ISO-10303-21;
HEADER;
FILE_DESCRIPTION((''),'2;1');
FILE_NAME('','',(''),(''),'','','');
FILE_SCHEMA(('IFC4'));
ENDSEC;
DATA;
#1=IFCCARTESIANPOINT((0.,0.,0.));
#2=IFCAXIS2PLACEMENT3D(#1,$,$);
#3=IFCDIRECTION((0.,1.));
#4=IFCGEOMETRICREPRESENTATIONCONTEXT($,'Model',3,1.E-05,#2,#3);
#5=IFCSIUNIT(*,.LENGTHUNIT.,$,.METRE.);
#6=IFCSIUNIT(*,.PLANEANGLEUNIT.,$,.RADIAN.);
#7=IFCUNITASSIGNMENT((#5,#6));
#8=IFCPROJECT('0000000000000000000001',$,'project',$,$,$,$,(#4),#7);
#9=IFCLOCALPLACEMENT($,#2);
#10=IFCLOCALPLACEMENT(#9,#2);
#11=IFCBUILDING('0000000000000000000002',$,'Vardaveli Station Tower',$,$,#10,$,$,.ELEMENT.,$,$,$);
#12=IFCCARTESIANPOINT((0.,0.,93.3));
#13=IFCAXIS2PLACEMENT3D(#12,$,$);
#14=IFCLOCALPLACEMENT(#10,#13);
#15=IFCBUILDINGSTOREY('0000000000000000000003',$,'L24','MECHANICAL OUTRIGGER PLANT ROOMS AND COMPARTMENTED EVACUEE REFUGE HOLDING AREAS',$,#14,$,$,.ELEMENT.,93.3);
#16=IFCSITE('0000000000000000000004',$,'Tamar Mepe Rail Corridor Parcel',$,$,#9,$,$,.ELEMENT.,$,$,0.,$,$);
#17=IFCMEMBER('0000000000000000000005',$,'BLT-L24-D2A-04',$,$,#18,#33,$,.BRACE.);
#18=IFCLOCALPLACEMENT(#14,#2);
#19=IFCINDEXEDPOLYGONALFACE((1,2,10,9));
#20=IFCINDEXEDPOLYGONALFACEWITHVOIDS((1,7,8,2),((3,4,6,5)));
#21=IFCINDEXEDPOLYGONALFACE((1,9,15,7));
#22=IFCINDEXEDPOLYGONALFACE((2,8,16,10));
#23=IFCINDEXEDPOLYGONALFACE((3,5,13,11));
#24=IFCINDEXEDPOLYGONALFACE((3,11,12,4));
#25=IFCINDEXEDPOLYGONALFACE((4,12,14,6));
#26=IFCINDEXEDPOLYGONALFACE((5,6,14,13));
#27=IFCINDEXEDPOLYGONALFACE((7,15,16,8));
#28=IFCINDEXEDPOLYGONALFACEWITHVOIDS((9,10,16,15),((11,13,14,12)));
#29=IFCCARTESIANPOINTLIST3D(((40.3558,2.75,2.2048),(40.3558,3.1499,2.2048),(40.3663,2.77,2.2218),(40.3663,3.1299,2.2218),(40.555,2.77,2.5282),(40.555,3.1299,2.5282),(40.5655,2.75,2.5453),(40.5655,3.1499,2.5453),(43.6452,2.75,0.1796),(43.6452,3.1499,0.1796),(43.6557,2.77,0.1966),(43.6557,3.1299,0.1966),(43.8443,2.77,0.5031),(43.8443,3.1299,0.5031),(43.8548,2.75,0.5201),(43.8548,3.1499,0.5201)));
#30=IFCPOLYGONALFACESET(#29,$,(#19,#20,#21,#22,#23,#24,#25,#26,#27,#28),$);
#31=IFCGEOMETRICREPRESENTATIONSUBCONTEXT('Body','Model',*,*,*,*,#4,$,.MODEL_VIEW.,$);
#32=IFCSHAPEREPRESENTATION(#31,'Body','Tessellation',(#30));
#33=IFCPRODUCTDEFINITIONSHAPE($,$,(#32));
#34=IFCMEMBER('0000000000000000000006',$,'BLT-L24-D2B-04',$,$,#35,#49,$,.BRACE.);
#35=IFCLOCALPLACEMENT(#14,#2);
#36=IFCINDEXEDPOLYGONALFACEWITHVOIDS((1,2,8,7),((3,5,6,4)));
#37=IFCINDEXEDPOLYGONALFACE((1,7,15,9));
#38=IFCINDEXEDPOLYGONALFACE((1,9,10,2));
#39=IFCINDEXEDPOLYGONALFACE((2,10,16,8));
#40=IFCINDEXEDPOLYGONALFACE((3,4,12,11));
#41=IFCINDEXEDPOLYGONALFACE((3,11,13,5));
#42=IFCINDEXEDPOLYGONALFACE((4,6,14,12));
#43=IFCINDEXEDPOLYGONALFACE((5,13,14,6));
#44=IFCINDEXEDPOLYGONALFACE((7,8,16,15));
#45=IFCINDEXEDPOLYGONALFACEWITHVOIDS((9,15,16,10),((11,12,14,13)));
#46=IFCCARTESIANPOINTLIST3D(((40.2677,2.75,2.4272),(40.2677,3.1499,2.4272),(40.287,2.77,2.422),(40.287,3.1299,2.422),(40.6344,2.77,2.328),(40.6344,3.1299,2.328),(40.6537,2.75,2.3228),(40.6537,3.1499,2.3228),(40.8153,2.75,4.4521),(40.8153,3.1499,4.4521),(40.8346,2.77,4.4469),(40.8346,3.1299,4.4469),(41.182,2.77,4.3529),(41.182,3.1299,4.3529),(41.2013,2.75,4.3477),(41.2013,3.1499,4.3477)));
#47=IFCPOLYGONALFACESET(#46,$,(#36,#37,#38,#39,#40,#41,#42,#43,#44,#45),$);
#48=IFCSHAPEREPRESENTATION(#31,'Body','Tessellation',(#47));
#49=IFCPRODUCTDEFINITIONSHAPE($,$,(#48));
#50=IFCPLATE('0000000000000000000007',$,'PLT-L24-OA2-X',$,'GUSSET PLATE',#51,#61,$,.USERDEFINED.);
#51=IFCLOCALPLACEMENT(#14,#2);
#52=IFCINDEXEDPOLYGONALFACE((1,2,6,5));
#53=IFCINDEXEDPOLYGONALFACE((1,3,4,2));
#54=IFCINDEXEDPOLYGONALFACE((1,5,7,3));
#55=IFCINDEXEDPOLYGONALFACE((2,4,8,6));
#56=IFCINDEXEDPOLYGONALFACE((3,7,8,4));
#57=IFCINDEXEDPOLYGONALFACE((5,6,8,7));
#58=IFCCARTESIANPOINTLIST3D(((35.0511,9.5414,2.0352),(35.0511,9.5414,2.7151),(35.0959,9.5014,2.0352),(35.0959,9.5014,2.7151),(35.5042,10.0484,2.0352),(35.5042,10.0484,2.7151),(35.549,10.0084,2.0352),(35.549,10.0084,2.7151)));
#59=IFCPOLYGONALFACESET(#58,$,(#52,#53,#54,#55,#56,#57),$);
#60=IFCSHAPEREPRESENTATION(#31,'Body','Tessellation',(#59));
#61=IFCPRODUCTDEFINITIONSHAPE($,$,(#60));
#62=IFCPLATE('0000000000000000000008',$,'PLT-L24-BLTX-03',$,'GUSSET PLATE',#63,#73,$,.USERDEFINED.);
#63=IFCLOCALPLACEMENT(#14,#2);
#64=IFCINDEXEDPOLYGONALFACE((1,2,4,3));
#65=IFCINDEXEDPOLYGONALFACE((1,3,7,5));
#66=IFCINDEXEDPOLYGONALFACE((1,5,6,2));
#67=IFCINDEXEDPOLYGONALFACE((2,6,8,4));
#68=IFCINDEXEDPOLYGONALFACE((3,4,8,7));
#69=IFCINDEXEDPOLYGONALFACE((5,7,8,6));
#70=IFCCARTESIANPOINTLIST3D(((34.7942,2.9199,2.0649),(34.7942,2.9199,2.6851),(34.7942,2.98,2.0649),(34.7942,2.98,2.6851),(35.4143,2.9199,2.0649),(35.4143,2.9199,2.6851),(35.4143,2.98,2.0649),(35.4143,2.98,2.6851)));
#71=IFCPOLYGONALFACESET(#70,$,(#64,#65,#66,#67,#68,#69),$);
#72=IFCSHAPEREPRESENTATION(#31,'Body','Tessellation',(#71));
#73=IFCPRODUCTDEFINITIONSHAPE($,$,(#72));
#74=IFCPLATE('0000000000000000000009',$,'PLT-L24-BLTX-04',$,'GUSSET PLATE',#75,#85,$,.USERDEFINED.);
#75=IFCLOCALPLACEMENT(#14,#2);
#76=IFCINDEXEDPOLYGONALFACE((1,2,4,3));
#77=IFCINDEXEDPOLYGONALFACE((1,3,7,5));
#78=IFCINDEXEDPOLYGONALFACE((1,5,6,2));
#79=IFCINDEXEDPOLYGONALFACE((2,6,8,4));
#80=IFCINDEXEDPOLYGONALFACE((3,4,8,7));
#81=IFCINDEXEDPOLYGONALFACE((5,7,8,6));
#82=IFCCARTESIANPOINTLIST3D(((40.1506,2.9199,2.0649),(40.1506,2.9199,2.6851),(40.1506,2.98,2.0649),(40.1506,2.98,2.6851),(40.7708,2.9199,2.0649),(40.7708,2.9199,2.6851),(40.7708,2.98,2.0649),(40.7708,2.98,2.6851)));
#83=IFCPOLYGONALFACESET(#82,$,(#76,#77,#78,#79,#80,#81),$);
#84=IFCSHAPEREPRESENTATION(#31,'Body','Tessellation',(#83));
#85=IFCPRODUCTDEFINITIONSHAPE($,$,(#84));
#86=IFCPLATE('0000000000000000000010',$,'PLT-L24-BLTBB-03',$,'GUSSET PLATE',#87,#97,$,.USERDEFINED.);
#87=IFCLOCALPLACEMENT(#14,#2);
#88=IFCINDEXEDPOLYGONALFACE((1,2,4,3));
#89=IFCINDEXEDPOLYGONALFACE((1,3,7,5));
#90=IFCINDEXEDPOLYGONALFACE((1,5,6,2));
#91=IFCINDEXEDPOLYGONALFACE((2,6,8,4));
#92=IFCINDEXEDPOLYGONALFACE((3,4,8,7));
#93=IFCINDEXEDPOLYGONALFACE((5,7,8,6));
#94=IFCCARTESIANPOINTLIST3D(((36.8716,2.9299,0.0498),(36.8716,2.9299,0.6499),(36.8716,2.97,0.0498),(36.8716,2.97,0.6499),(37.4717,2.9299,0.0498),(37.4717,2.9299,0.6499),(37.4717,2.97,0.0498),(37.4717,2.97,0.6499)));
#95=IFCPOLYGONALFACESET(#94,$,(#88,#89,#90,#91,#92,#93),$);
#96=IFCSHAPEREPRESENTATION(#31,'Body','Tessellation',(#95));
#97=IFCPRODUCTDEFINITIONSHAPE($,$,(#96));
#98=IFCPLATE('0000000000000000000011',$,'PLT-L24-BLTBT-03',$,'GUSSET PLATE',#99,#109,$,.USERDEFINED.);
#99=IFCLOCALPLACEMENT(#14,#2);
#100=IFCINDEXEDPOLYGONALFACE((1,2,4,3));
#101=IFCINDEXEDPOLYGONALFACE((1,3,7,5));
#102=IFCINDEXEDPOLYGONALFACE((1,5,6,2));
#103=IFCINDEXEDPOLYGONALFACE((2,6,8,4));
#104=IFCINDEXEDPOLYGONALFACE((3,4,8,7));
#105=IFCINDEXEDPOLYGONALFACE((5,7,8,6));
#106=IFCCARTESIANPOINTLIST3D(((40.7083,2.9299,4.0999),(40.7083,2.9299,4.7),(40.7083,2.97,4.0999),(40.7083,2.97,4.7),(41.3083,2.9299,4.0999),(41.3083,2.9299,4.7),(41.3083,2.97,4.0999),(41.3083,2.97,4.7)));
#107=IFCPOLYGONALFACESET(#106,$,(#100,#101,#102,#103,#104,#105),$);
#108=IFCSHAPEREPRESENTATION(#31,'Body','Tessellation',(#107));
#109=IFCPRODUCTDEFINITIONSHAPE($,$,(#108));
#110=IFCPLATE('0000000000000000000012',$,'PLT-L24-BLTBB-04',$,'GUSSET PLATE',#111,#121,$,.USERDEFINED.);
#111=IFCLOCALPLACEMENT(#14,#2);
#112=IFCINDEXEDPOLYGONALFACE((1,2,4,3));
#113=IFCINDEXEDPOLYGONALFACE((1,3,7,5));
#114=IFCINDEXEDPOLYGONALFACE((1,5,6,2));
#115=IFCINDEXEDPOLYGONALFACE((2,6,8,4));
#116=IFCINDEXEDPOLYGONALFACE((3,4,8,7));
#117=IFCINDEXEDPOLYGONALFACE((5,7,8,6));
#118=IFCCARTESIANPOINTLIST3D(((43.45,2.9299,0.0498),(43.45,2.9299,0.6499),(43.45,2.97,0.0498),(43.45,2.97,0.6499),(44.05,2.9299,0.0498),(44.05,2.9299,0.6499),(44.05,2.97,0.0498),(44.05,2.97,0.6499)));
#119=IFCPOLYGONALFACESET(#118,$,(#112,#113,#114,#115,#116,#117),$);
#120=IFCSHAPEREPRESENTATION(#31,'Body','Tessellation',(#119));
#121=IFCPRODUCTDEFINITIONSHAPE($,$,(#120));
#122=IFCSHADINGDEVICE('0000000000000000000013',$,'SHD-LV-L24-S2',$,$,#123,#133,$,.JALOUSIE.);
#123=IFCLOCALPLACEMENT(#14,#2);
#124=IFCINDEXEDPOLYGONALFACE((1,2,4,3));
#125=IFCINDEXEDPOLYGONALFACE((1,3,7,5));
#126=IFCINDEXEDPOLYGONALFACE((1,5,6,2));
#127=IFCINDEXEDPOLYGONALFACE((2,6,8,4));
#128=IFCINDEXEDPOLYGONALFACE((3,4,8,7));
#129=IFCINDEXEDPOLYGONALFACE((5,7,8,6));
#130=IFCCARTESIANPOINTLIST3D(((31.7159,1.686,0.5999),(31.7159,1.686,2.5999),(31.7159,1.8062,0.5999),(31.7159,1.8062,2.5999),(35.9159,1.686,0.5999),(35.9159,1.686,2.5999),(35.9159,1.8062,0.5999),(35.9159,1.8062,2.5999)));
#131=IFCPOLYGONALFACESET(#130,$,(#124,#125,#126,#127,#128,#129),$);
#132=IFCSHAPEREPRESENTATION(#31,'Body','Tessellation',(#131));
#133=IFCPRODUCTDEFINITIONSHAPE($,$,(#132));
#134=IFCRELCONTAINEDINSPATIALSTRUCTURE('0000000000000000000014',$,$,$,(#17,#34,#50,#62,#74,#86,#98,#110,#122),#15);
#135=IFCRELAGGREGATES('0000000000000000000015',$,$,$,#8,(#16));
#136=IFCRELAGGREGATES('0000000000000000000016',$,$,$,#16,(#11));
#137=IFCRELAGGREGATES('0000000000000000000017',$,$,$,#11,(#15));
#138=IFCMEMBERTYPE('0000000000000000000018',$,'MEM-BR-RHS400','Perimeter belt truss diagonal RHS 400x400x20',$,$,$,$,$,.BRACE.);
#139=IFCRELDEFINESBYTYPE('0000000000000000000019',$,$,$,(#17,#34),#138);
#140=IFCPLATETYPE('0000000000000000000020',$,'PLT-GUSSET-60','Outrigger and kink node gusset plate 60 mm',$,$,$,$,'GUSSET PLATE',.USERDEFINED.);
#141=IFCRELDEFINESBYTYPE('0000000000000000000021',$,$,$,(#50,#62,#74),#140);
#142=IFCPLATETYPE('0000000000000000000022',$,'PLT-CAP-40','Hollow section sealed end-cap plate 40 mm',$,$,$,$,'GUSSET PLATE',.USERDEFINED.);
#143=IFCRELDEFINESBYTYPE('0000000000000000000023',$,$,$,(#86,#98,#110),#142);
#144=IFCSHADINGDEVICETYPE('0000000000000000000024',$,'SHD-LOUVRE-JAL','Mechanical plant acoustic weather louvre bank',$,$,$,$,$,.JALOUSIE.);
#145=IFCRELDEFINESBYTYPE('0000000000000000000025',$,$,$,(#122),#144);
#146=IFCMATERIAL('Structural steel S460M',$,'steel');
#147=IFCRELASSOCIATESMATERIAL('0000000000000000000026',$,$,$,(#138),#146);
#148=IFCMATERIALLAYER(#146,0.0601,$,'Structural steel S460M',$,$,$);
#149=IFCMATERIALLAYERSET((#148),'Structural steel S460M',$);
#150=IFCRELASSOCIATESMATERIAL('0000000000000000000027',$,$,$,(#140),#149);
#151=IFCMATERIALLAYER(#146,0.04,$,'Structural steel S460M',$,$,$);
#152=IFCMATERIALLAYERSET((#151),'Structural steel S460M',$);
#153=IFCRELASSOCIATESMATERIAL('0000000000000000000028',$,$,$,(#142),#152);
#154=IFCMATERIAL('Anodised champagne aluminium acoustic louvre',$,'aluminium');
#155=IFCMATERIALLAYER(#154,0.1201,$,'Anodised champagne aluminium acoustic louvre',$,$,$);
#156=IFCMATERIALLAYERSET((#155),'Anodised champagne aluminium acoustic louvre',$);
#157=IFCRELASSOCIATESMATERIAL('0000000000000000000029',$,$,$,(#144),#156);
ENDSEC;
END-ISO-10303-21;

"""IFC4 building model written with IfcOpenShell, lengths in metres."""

from ifc_helpers import new_model, si_unit, direction, frame, origin, origin_2d, place, context, subcontext, project, spatial, rectangle, hollow_rectangle, extrude, source, transform, mapped, material, layer, layer_set, material_profile, profile_set, type_object, element, save


model = new_model("IFC4")

# Units and contexts
model_context = context("Model", 3, precision=1e-05, world=origin(), true_north=direction((0.0, 1.0)))
body_context = subcontext(model_context, "Body", "Model", "MODEL_VIEW")
ifc_project = project(units=[si_unit("LENGTHUNIT", "METRE"), si_unit("PLANEANGLEUNIT", "RADIAN")], contexts=[model_context])

# Site, building, storey
site_placement = place(None, origin())
site = spatial("IfcSite", under=ifc_project, at=site_placement, Name="Tamar Mepe Rail Corridor Parcel", CompositionType="ELEMENT", RefElevation=0.0)
building_placement = place(site_placement, origin())
building = spatial("IfcBuilding", under=site, at=building_placement, Name="Vardaveli Station Tower", CompositionType="ELEMENT")
storey_placement = place(building_placement, frame((0.0, 0.0, 93.3)))
storey = spatial("IfcBuildingStorey", under=building, at=storey_placement, Name="L24", Description="MECHANICAL OUTRIGGER PLANT ROOMS AND COMPARTMENTED EVACUEE REFUGE HOLDING AREAS", CompositionType="ELEMENT", Elevation=93.3)

# Shared definitions
ifc_material_1 = material(Name="Structural steel S460M", Category="steel")

# Members
ifc_material_profile_1 = material_profile(ifc_material_1, hollow_rectangle(XDim=0.3999, YDim=0.3999, WallThickness=0.02, at=origin_2d()), Name="RHS 400x400x20")
ifc_profile_set_1 = profile_set([ifc_material_profile_1], Name="Structural steel S460M")
member_type_1 = type_object("IfcMemberType", Name="MEM-BR-RHS400", Description="Perimeter belt truss diagonal RHS 400x400x20", PredefinedType="BRACE", material=ifc_profile_set_1)
shared_shape_1 = source(origin(), body_context, "Body", "SweptSolid", [
    extrude(hollow_rectangle(XDim=0.3999, YDim=0.3999, WallThickness=0.02, at=origin_2d()), origin(), (0.0, 0.0, 1.0), 3.8628),
])
member_1_placement = place(storey_placement, frame((43.75, 2.95, 0.3499), z_axis=(-0.851548, 0.0, 0.524277), x_axis=(0.0, -1.0, 0.0)))
element("IfcMember", 1, at=member_1_placement, inside=storey, type_object=member_type_1, Name="BLT-L24-D2A-04", PredefinedType="BRACE", context=body_context, shape_type="MappedRepresentation", body=[
    mapped(shared_shape_1, transform((0.0, 0.0, 0.0), scale=1.0)),
])
shared_shape_2 = source(origin(), body_context, "Body", "SweptSolid", [
    extrude(hollow_rectangle(XDim=0.3999, YDim=0.3999, WallThickness=0.02, at=origin_2d()), origin(), (0.0, 0.0, 1.0), 2.0977),
])
member_2_placement = place(storey_placement, frame((40.4607, 2.95, 2.375), z_axis=(0.261059, 0.0, 0.965323), x_axis=(0.0, 1.0, 0.0)))
element("IfcMember", 2, at=member_2_placement, inside=storey, type_object=member_type_1, Name="BLT-L24-D2B-04", PredefinedType="BRACE", context=body_context, shape_type="MappedRepresentation", body=[
    mapped(shared_shape_2, transform((0.0, 0.0, 0.0), scale=1.0)),
])

# Plates
ifc_layer_1 = layer(ifc_material_1, 0.0601, Name="Structural steel S460M")
ifc_layer_set_1 = layer_set([ifc_layer_1], Name="Structural steel S460M")
plate_type_1 = type_object("IfcPlateType", Name="PLT-GUSSET-60", Description="Outrigger and kink node gusset plate 60 mm", ElementType="GUSSET PLATE", PredefinedType="USERDEFINED", material=ifc_layer_set_1)
shared_shape_3 = source(origin(), body_context, "Body", "SweptSolid", [
    extrude(rectangle(XDim=0.6799, YDim=0.0601, at=origin_2d()), origin(), (0.0, 0.0, 1.0), 0.6799),
])
plate_placement = place(storey_placement, frame((35.3, 9.7749, 2.0352), z_axis=(0.0, 0.0, 1.0), x_axis=(-0.666402, -0.745592, 0.0)))
element("IfcPlate", 3, at=plate_placement, inside=storey, type_object=plate_type_1, Name="PLT-L24-OA2-X", ObjectType="GUSSET PLATE", PredefinedType="USERDEFINED", context=body_context, shape_type="MappedRepresentation", body=[
    mapped(shared_shape_3, transform((0.0, 0.0, 0.0), scale=1.0)),
])
shared_shape_4 = source(origin(), body_context, "Body", "SweptSolid", [
    extrude(rectangle(XDim=0.6201, YDim=0.0601, at=origin_2d()), origin(), (0.0, 0.0, 1.0), 0.6201),
])
for number, where, z_axis, x_axis, name in (
    (4, (35.1042, 2.95, 2.0649), (0.0, 0.0, 1.0), (1.0, 0.0, 0.0), "PLT-L24-BLTX-03"),
    (5, (40.4607, 2.95, 2.0649), (0.0, 0.0, 1.0), (1.0, 0.0, 0.0), "PLT-L24-BLTX-04"),
):
    element("IfcPlate", number, at=place(storey_placement, frame(where, z_axis=z_axis, x_axis=x_axis)), inside=storey, type_object=plate_type_1, Name=name, ObjectType="GUSSET PLATE", PredefinedType="USERDEFINED", context=body_context, shape_type="MappedRepresentation", body=[
        mapped(shared_shape_4, transform((0.0, 0.0, 0.0), scale=1.0)),
    ])
ifc_layer_2 = layer(ifc_material_1, 0.04, Name="Structural steel S460M")
ifc_layer_set_2 = layer_set([ifc_layer_2], Name="Structural steel S460M")
plate_type_2 = type_object("IfcPlateType", Name="PLT-CAP-40", Description="Hollow section sealed end-cap plate 40 mm", ElementType="GUSSET PLATE", PredefinedType="USERDEFINED", material=ifc_layer_set_2)
shared_shape_5 = source(origin(), body_context, "Body", "SweptSolid", [
    extrude(rectangle(XDim=0.6001, YDim=0.04, at=origin_2d()), origin(), (0.0, 0.0, 1.0), 0.6001),
])
for number, where, z_axis, x_axis, name in (
    (6, (37.1716, 2.95, 0.0498), (0.0, 0.0, 1.0), (1.0, 0.0, 0.0), "PLT-L24-BLTBB-03"),
    (7, (41.0083, 2.95, 4.0999), (0.0, 0.0, 1.0), (1.0, 0.0, 0.0), "PLT-L24-BLTBT-03"),
    (8, (43.75, 2.95, 0.0498), (0.0, 0.0, 1.0), (1.0, 0.0, 0.0), "PLT-L24-BLTBB-04"),
):
    element("IfcPlate", number, at=place(storey_placement, frame(where, z_axis=z_axis, x_axis=x_axis)), inside=storey, type_object=plate_type_2, Name=name, ObjectType="GUSSET PLATE", PredefinedType="USERDEFINED", context=body_context, shape_type="MappedRepresentation", body=[
        mapped(shared_shape_5, transform((0.0, 0.0, 0.0), scale=1.0)),
    ])

# Shading device
ifc_material_2 = material(Name="Anodised champagne aluminium acoustic louvre", Category="aluminium")
ifc_layer_3 = layer(ifc_material_2, 0.1201, Name="Anodised champagne aluminium acoustic louvre")
ifc_layer_set_3 = layer_set([ifc_layer_3], Name="Anodised champagne aluminium acoustic louvre")
shading_device_type = type_object("IfcShadingDeviceType", Name="SHD-LOUVRE-JAL", Description="Mechanical plant acoustic weather louvre bank", PredefinedType="JALOUSIE", material=ifc_layer_set_3)
shared_shape_6 = source(origin(), body_context, "Body", "SweptSolid", [
    extrude(rectangle(XDim=4.2, YDim=0.1201, at=origin_2d()), origin(), (0.0, 0.0, 1.0), 2.0),
])
shading_device_placement = place(storey_placement, frame((33.8159, 1.7461, 0.5999), z_axis=(0.0, 0.0, 1.0), x_axis=(1.0, 0.0, 0.0)))
element("IfcShadingDevice", 9, at=shading_device_placement, inside=storey, type_object=shading_device_type, Name="SHD-LV-L24-S2", PredefinedType="JALOUSIE", context=body_context, shape_type="MappedRepresentation", body=[
    mapped(shared_shape_6, transform((0.0, 0.0, 0.0), scale=1.0)),
])

save(model, "model.ifc")
